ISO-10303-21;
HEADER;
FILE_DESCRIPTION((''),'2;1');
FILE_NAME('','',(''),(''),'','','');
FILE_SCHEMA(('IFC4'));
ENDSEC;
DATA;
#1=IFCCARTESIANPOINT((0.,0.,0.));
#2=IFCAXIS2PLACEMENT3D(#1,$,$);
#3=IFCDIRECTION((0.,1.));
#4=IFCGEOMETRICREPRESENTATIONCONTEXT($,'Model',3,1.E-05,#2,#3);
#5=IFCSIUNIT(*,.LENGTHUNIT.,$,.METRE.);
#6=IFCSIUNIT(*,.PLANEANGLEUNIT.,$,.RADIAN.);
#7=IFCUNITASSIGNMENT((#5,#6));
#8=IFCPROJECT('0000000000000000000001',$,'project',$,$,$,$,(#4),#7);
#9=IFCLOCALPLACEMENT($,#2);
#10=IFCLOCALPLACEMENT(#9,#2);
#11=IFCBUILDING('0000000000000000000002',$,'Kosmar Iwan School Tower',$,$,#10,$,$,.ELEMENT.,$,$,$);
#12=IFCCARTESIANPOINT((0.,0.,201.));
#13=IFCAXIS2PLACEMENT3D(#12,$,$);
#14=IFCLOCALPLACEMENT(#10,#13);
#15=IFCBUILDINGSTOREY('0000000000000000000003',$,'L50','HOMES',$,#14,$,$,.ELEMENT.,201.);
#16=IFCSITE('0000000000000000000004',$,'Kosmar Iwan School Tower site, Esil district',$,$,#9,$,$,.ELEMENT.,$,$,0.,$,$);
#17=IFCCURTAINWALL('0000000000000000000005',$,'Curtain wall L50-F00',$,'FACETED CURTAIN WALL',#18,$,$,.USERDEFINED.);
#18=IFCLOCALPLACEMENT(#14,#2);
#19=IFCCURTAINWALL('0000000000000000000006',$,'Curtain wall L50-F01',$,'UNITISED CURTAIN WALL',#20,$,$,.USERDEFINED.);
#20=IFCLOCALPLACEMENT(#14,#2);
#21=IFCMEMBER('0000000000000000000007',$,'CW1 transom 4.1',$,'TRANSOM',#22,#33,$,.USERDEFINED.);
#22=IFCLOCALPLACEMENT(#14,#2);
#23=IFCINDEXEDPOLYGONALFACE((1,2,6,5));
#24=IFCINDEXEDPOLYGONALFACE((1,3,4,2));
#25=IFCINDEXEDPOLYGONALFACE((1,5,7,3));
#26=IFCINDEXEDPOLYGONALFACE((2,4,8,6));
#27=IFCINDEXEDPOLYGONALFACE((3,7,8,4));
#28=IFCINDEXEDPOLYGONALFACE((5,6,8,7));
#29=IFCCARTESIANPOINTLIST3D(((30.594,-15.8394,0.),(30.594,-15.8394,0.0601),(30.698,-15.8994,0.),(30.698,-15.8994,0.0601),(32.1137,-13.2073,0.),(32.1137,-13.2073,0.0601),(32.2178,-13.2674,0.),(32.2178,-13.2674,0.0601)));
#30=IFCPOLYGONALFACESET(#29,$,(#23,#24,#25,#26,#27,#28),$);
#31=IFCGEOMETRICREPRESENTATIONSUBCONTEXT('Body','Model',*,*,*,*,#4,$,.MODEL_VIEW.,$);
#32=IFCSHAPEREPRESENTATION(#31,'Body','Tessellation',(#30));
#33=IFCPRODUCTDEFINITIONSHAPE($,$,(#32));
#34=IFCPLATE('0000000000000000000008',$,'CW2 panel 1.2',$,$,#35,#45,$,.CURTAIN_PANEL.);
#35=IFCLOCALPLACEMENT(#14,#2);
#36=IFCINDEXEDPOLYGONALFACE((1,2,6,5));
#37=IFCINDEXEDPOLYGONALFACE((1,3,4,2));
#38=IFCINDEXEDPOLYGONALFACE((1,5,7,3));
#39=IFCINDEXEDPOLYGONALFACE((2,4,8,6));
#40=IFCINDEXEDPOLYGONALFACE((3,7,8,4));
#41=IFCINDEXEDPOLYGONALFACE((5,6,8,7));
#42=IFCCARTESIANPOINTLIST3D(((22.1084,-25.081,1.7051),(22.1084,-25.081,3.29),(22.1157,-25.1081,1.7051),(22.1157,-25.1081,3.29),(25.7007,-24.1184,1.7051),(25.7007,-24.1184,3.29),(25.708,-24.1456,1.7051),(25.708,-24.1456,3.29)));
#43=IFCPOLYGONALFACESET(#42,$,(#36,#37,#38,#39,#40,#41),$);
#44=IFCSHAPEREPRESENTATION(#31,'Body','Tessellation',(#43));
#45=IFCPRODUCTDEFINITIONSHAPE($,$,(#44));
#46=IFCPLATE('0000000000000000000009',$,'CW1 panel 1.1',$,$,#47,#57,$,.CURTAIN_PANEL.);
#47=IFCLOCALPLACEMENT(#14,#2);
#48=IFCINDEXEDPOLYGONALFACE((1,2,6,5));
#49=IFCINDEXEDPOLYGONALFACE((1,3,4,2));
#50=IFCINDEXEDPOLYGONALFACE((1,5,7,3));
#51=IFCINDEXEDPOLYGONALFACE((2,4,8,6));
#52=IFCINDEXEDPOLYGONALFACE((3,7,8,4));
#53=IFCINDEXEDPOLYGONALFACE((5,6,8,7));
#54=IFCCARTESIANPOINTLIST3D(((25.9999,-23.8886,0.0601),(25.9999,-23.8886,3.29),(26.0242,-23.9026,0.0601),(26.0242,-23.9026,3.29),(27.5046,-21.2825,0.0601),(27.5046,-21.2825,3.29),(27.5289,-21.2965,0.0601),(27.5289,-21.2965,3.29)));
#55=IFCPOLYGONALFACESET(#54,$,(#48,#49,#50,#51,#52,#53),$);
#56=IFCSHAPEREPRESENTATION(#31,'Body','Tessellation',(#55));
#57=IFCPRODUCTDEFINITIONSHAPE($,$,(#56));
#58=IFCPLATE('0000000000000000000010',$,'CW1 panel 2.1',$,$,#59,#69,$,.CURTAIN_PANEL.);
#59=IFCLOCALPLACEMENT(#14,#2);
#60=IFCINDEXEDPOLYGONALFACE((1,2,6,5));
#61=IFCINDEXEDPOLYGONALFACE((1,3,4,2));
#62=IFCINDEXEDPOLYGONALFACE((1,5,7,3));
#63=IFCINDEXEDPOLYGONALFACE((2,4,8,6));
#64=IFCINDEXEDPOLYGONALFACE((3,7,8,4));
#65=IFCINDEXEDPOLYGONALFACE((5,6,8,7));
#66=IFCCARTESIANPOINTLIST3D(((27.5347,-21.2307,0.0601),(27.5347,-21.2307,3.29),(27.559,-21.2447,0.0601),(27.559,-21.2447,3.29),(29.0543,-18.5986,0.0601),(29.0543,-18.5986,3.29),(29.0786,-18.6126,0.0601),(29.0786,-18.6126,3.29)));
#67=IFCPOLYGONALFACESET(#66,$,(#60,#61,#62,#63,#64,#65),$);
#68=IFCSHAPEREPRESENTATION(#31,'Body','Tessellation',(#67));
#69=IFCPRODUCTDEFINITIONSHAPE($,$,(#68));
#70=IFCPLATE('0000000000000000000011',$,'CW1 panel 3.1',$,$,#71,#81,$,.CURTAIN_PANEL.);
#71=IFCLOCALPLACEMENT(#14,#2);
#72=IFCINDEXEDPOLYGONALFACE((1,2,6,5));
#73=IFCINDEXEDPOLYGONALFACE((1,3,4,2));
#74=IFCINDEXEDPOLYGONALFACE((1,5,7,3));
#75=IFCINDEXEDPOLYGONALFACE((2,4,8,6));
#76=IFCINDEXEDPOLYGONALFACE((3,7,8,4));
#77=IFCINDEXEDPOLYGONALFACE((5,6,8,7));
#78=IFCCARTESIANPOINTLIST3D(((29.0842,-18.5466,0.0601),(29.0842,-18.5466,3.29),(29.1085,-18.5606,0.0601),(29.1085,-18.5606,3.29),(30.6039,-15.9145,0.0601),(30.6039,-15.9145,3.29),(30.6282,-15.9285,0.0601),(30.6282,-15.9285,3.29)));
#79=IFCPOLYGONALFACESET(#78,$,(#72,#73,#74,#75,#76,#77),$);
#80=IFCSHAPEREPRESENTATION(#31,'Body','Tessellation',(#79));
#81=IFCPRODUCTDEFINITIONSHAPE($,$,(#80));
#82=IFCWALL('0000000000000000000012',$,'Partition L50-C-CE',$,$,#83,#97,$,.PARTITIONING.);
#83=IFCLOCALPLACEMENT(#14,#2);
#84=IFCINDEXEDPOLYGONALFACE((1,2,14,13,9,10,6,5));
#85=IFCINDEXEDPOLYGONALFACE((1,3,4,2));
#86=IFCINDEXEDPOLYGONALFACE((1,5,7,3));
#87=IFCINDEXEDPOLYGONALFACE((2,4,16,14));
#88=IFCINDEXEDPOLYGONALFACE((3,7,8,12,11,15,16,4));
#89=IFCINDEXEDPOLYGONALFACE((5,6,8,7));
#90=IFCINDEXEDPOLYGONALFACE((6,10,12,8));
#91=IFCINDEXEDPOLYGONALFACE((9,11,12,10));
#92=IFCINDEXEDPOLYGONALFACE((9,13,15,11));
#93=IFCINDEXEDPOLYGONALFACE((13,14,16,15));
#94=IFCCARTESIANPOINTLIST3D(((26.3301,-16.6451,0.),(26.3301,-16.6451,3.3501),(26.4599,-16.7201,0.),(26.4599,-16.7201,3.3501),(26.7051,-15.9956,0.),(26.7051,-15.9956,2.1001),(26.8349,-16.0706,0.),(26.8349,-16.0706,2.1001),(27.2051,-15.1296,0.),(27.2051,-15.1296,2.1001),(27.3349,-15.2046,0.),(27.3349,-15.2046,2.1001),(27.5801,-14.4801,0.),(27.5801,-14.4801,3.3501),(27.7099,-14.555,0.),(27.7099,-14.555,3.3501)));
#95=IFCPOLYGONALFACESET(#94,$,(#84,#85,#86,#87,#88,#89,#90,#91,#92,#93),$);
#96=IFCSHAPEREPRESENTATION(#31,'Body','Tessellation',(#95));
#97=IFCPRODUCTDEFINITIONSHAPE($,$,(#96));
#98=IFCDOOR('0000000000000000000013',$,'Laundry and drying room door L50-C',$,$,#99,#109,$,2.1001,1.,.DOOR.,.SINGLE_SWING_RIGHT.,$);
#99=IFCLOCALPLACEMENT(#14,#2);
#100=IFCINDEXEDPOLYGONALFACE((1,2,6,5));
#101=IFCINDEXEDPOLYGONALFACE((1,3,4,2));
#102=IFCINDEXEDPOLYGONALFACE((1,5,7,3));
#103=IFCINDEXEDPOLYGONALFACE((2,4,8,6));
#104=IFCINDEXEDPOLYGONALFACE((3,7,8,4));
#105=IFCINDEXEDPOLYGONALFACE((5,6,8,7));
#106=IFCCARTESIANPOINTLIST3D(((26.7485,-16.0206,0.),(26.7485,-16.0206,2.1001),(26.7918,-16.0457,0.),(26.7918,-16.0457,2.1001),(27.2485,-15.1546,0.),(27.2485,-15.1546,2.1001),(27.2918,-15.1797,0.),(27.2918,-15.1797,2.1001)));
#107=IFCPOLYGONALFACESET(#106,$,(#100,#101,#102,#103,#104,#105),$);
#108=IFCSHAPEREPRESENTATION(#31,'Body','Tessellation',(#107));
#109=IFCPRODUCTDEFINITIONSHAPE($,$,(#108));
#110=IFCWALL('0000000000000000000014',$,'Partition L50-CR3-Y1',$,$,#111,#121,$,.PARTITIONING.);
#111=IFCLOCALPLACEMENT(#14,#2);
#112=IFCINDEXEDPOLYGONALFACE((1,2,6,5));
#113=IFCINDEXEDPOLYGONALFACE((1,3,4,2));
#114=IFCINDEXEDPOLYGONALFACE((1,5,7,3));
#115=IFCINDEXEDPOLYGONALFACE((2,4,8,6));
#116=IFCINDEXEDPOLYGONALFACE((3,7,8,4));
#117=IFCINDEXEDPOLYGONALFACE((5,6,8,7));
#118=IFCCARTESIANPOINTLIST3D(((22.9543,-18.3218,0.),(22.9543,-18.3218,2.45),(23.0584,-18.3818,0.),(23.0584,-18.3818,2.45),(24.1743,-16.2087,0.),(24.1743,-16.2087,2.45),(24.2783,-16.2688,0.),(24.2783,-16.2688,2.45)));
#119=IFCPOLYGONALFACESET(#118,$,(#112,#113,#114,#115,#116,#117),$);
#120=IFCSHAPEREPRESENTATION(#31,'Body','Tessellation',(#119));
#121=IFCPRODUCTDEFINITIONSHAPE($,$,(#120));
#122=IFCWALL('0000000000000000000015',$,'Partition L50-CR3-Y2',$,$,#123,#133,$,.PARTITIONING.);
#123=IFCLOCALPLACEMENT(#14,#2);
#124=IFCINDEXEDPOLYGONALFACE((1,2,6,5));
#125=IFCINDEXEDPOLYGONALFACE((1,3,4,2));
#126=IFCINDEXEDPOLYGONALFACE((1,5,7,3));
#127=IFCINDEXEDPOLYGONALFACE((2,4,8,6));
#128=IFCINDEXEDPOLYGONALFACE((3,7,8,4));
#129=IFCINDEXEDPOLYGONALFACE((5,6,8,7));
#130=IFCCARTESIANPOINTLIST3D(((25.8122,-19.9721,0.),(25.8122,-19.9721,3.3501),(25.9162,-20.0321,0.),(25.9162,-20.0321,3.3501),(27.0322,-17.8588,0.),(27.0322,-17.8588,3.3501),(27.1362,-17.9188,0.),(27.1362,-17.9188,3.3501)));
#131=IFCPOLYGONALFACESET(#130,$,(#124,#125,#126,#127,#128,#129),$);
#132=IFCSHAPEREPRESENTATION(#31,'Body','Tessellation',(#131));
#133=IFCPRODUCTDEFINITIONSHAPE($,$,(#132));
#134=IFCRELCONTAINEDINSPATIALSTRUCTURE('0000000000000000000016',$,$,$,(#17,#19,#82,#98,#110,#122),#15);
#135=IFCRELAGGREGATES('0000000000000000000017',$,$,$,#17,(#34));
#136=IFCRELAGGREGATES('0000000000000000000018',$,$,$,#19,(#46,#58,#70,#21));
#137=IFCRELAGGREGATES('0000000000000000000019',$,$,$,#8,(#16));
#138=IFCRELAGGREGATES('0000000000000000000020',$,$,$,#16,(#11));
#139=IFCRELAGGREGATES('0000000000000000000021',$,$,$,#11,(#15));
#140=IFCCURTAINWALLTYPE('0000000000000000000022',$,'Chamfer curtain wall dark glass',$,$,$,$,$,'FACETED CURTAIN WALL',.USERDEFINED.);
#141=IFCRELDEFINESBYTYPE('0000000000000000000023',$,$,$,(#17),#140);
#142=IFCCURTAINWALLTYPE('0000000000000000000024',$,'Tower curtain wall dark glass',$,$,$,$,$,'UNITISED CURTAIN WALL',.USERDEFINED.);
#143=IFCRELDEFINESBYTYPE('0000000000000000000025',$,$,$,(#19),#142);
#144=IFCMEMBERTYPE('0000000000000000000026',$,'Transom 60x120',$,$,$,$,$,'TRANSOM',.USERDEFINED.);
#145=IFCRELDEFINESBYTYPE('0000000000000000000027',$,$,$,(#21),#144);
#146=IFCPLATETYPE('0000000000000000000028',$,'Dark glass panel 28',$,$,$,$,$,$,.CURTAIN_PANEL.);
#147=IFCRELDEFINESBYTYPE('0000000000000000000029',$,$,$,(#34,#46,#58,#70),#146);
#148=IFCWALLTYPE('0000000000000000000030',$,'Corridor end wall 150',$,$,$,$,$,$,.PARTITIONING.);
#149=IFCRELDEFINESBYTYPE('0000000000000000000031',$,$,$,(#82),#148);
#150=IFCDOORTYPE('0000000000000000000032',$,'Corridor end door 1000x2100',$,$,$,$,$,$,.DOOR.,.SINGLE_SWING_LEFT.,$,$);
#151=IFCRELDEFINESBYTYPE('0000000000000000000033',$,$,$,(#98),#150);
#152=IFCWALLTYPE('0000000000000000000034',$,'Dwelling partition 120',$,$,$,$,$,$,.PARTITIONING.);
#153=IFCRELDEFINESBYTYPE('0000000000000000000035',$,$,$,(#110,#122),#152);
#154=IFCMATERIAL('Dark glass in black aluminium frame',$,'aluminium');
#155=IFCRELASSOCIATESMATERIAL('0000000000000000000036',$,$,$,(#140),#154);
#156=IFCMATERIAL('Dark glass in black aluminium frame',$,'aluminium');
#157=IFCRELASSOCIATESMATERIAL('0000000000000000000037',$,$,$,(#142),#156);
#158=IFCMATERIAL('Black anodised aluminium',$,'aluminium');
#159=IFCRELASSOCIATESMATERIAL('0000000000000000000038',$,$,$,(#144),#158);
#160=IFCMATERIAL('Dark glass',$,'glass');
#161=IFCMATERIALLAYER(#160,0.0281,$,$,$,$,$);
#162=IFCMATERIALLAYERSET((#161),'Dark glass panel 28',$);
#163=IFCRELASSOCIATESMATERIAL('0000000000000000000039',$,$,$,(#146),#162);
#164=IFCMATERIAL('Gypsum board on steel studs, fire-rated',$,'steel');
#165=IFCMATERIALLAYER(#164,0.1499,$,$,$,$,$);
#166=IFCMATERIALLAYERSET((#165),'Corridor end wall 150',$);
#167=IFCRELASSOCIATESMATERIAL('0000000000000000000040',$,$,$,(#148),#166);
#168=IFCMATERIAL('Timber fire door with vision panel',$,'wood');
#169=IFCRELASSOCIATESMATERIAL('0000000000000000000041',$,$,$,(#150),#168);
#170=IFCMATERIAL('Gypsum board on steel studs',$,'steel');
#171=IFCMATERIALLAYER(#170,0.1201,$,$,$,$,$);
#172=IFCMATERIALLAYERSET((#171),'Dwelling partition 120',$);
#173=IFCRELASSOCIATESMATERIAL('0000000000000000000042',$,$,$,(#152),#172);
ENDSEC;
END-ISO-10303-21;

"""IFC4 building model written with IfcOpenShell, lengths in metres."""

from ifc_helpers import new_model, si_unit, direction, frame, frame_2d, origin, origin_2d, place, context, subcontext, project, spatial, rectangle, extrude, material, layer, layer_set, material_profile, profile_set, type_object, element, fill, aggregate, save


model = new_model("IFC4")

# Units and contexts
model_context = context("Model", 3, precision=1e-05, world=origin(), true_north=direction((0.0, 1.0)))
body_context = subcontext(model_context, "Body", "Model", "MODEL_VIEW")
ifc_project = project(units=[si_unit("LENGTHUNIT", "METRE"), si_unit("PLANEANGLEUNIT", "RADIAN")], contexts=[model_context])

# Site, building, storey
site_placement = place(None, origin())
site = spatial("IfcSite", under=ifc_project, at=site_placement, Name="Kosmar Iwan School Tower site, Esil district", CompositionType="ELEMENT", RefElevation=0.0)
building_placement = place(site_placement, origin())
building = spatial("IfcBuilding", under=site, at=building_placement, Name="Kosmar Iwan School Tower", CompositionType="ELEMENT")
storey_placement = place(building_placement, frame((0.0, 0.0, 201.0)))
storey = spatial("IfcBuildingStorey", under=building, at=storey_placement, Name="L50", Description="HOMES", CompositionType="ELEMENT", Elevation=201.0)

# Curtain wall
ifc_material_1 = material(Name="Dark glass in black aluminium frame", Category="aluminium")
curtain_wall_type_1 = type_object("IfcCurtainWallType", Name="Chamfer curtain wall dark glass", ElementType="FACETED CURTAIN WALL", PredefinedType="USERDEFINED", material=ifc_material_1)
curtain_wall_1_placement = place(storey_placement, origin())
curtain_wall_1 = element("IfcCurtainWall", 1, at=curtain_wall_1_placement, inside=storey, type_object=curtain_wall_type_1, Name="Curtain wall L50-F00", ObjectType="FACETED CURTAIN WALL", PredefinedType="USERDEFINED")

# Curtain wall
ifc_material_2 = material(Name="Dark glass in black aluminium frame", Category="aluminium")
curtain_wall_type_2 = type_object("IfcCurtainWallType", Name="Tower curtain wall dark glass", ElementType="UNITISED CURTAIN WALL", PredefinedType="USERDEFINED", material=ifc_material_2)
curtain_wall_2_placement = place(storey_placement, origin())
curtain_wall_2 = element("IfcCurtainWall", 2, at=curtain_wall_2_placement, inside=storey, type_object=curtain_wall_type_2, Name="Curtain wall L50-F01", ObjectType="UNITISED CURTAIN WALL", PredefinedType="USERDEFINED")

# Member
ifc_material_3 = material(Name="Black anodised aluminium", Category="aluminium")
ifc_material_profile_1 = material_profile(ifc_material_3, rectangle(XDim=0.1201, YDim=0.0601, at=origin_2d()), Name="TRANSOM 60x120")
ifc_profile_set_1 = profile_set([ifc_material_profile_1], Name="Black anodised aluminium")
member_type_1 = type_object("IfcMemberType", Name="Transom 60x120", ElementType="TRANSOM", PredefinedType="USERDEFINED", material=ifc_profile_set_1)
member_1_placement = place(storey_placement, frame((30.646, -15.8694, 0.03), z_axis=(0.500035, 0.866005, 0.0), x_axis=(-0.866005, 0.500035, 0.0)))
member_1 = element("IfcMember", 3, at=member_1_placement, type_object=member_type_1, Name="CW1 transom 4.1", ObjectType="TRANSOM", PredefinedType="USERDEFINED", context=body_context, shape_type="SweptSolid", body=[
    extrude(rectangle(XDim=0.1201, YDim=0.0601, at=origin_2d()), origin(), (0.0, 0.0, 1.0), 3.0393),
])

# Plates
ifc_material_4 = material(Name="Dark glass", Category="glass")
ifc_layer_1 = layer(ifc_material_4, 0.0281)
ifc_layer_set_1 = layer_set([ifc_layer_1], Name="Dark glass panel 28")
plate_type = type_object("IfcPlateType", Name="Dark glass panel 28", PredefinedType="CURTAIN_PANEL", material=ifc_layer_set_1)
plate_1_placement = place(storey_placement, frame((23.9082, -24.6133, 1.7051), z_axis=(0.0, 0.0, 1.0), x_axis=(0.965926, 0.258819, 0.0)))
plate_1 = element("IfcPlate", 4, at=plate_1_placement, type_object=plate_type, Name="CW2 panel 1.2", PredefinedType="CURTAIN_PANEL", context=body_context, shape_type="SweptSolid", body=[
    extrude(rectangle(XDim=3.719, YDim=0.0281, at=origin_2d()), origin(), (0.0, 0.0, 1.0), 1.585),
])
aggregate(curtain_wall_1, [plate_1])
plate_2_placement = place(storey_placement, frame((26.7644, -22.5925, 0.0601), z_axis=(0.0, 0.0, 1.0), x_axis=(0.5, 0.866025, 0.0)))
plate_2 = element("IfcPlate", 5, at=plate_2_placement, type_object=plate_type, Name="CW1 panel 1.1", PredefinedType="CURTAIN_PANEL", context=body_context, shape_type="SweptSolid", body=[
    extrude(rectangle(XDim=3.0093, YDim=0.0281, at=origin_2d()), origin(), (0.0, 0.0, 1.0), 3.23),
])
plate_3_placement = place(storey_placement, frame((28.3066, -19.9216, 0.0601), z_axis=(0.0, 0.0, 1.0), x_axis=(0.5, 0.866025, 0.0)))
plate_3 = element("IfcPlate", 6, at=plate_3_placement, type_object=plate_type, Name="CW1 panel 2.1", PredefinedType="CURTAIN_PANEL", context=body_context, shape_type="SweptSolid", body=[
    extrude(rectangle(XDim=3.0393, YDim=0.0281, at=origin_2d()), origin(), (0.0, 0.0, 1.0), 3.23),
])
plate_4_placement = place(storey_placement, frame((29.8562, -17.2375, 0.0601), z_axis=(0.0, 0.0, 1.0), x_axis=(0.5, 0.866025, 0.0)))
plate_4 = element("IfcPlate", 7, at=plate_4_placement, type_object=plate_type, Name="CW1 panel 3.1", PredefinedType="CURTAIN_PANEL", context=body_context, shape_type="SweptSolid", body=[
    extrude(rectangle(XDim=3.0393, YDim=0.0281, at=origin_2d()), origin(), (0.0, 0.0, 1.0), 3.23),
])
aggregate(curtain_wall_2, [plate_2, plate_3, plate_4, member_1])

# Wall, opening, door
ifc_material_5 = material(Name="Gypsum board on steel studs, fire-rated", Category="steel")
ifc_layer_2 = layer(ifc_material_5, 0.1499)
ifc_layer_set_2 = layer_set([ifc_layer_2], Name="Corridor end wall 150")
wall_type_1 = type_object("IfcWallType", Name="Corridor end wall 150", PredefinedType="PARTITIONING", material=ifc_layer_set_2)
wall_1_placement = place(storey_placement, frame((26.395, -16.6826, 0.0), z_axis=(0.0, 0.0, 1.0), x_axis=(0.500004, 0.866023, 0.0)))
wall_1 = element("IfcWall", 8, at=wall_1_placement, inside=storey, type_object=wall_type_1, Name="Partition L50-C-CE", PredefinedType="PARTITIONING", context=body_context, shape_type="SweptSolid", body=[
    extrude(rectangle(XDim=2.5, YDim=0.1499, at=frame_2d((1.25, 0.0))), origin(), (0.0, 0.0, 1.0), 3.3501),
])
opening_placement = place(wall_1_placement, frame((0.75, 0.0, 0.0)))
opening = element("IfcOpeningElement", 9, at=opening_placement, cuts=wall_1, PredefinedType="OPENING", context=body_context, shape_type="SweptSolid", body=[
    extrude(rectangle(XDim=1.0, YDim=2.1001, at=frame_2d((0.5, 1.05))), frame((0.0, 0.0869, 0.0), z_axis=(0.0, -1.0, 0.0), x_axis=(1.0, 0.0, 0.0)), (0.0, 0.0, 1.0), 0.1738),
])
ifc_material_6 = material(Name="Timber fire door with vision panel", Category="wood")
door_type = type_object("IfcDoorType", Name="Corridor end door 1000x2100", OperationType="SINGLE_SWING_LEFT", PredefinedType="DOOR", material=ifc_material_6)
door_placement = place(opening_placement, origin())
door = element("IfcDoor", 10, at=door_placement, inside=storey, type_object=door_type, Name="Laundry and drying room door L50-C", OperationType="SINGLE_SWING_RIGHT", OverallHeight=2.1001, OverallWidth=1.0, PredefinedType="DOOR", context=body_context, shape_type="SweptSolid", body=[
    extrude(rectangle(XDim=1.0, YDim=2.1001, at=frame_2d((0.5, 1.05))), frame((0.0, 0.0249, 0.0), z_axis=(0.0, -1.0, 0.0), x_axis=(1.0, 0.0, 0.0)), (0.0, 0.0, 1.0), 0.05),
])
fill(opening, door)

# Walls
ifc_material_7 = material(Name="Gypsum board on steel studs", Category="steel")
ifc_layer_3 = layer(ifc_material_7, 0.1201)
ifc_layer_set_3 = layer_set([ifc_layer_3], Name="Dwelling partition 120")
wall_type_2 = type_object("IfcWallType", Name="Dwelling partition 120", PredefinedType="PARTITIONING", material=ifc_layer_set_3)
wall_2_placement = place(storey_placement, frame((24.2263, -16.2388, 0.0), z_axis=(0.0, 0.0, 1.0), x_axis=(-0.500003, -0.866024, 0.0)))
element("IfcWall", 11, at=wall_2_placement, inside=storey, type_object=wall_type_2, Name="Partition L50-CR3-Y1", PredefinedType="PARTITIONING", context=body_context, shape_type="SweptSolid", body=[
    extrude(rectangle(XDim=2.4399, YDim=0.1201, at=frame_2d((1.22, 0.0))), origin(), (0.0, 0.0, 1.0), 2.45),
])
wall_3_placement = place(storey_placement, frame((27.0842, -17.8887, 0.0), z_axis=(0.0, 0.0, 1.0), x_axis=(-0.499959, -0.866049, 0.0)))
element("IfcWall", 12, at=wall_3_placement, inside=storey, type_object=wall_type_2, Name="Partition L50-CR3-Y2", PredefinedType="PARTITIONING", context=body_context, shape_type="SweptSolid", body=[
    extrude(rectangle(XDim=2.4402, YDim=0.1201, at=frame_2d((1.2202, 0.0))), origin(), (0.0, 0.0, 1.0), 3.3501),
])

save(model, "model.ifc")
